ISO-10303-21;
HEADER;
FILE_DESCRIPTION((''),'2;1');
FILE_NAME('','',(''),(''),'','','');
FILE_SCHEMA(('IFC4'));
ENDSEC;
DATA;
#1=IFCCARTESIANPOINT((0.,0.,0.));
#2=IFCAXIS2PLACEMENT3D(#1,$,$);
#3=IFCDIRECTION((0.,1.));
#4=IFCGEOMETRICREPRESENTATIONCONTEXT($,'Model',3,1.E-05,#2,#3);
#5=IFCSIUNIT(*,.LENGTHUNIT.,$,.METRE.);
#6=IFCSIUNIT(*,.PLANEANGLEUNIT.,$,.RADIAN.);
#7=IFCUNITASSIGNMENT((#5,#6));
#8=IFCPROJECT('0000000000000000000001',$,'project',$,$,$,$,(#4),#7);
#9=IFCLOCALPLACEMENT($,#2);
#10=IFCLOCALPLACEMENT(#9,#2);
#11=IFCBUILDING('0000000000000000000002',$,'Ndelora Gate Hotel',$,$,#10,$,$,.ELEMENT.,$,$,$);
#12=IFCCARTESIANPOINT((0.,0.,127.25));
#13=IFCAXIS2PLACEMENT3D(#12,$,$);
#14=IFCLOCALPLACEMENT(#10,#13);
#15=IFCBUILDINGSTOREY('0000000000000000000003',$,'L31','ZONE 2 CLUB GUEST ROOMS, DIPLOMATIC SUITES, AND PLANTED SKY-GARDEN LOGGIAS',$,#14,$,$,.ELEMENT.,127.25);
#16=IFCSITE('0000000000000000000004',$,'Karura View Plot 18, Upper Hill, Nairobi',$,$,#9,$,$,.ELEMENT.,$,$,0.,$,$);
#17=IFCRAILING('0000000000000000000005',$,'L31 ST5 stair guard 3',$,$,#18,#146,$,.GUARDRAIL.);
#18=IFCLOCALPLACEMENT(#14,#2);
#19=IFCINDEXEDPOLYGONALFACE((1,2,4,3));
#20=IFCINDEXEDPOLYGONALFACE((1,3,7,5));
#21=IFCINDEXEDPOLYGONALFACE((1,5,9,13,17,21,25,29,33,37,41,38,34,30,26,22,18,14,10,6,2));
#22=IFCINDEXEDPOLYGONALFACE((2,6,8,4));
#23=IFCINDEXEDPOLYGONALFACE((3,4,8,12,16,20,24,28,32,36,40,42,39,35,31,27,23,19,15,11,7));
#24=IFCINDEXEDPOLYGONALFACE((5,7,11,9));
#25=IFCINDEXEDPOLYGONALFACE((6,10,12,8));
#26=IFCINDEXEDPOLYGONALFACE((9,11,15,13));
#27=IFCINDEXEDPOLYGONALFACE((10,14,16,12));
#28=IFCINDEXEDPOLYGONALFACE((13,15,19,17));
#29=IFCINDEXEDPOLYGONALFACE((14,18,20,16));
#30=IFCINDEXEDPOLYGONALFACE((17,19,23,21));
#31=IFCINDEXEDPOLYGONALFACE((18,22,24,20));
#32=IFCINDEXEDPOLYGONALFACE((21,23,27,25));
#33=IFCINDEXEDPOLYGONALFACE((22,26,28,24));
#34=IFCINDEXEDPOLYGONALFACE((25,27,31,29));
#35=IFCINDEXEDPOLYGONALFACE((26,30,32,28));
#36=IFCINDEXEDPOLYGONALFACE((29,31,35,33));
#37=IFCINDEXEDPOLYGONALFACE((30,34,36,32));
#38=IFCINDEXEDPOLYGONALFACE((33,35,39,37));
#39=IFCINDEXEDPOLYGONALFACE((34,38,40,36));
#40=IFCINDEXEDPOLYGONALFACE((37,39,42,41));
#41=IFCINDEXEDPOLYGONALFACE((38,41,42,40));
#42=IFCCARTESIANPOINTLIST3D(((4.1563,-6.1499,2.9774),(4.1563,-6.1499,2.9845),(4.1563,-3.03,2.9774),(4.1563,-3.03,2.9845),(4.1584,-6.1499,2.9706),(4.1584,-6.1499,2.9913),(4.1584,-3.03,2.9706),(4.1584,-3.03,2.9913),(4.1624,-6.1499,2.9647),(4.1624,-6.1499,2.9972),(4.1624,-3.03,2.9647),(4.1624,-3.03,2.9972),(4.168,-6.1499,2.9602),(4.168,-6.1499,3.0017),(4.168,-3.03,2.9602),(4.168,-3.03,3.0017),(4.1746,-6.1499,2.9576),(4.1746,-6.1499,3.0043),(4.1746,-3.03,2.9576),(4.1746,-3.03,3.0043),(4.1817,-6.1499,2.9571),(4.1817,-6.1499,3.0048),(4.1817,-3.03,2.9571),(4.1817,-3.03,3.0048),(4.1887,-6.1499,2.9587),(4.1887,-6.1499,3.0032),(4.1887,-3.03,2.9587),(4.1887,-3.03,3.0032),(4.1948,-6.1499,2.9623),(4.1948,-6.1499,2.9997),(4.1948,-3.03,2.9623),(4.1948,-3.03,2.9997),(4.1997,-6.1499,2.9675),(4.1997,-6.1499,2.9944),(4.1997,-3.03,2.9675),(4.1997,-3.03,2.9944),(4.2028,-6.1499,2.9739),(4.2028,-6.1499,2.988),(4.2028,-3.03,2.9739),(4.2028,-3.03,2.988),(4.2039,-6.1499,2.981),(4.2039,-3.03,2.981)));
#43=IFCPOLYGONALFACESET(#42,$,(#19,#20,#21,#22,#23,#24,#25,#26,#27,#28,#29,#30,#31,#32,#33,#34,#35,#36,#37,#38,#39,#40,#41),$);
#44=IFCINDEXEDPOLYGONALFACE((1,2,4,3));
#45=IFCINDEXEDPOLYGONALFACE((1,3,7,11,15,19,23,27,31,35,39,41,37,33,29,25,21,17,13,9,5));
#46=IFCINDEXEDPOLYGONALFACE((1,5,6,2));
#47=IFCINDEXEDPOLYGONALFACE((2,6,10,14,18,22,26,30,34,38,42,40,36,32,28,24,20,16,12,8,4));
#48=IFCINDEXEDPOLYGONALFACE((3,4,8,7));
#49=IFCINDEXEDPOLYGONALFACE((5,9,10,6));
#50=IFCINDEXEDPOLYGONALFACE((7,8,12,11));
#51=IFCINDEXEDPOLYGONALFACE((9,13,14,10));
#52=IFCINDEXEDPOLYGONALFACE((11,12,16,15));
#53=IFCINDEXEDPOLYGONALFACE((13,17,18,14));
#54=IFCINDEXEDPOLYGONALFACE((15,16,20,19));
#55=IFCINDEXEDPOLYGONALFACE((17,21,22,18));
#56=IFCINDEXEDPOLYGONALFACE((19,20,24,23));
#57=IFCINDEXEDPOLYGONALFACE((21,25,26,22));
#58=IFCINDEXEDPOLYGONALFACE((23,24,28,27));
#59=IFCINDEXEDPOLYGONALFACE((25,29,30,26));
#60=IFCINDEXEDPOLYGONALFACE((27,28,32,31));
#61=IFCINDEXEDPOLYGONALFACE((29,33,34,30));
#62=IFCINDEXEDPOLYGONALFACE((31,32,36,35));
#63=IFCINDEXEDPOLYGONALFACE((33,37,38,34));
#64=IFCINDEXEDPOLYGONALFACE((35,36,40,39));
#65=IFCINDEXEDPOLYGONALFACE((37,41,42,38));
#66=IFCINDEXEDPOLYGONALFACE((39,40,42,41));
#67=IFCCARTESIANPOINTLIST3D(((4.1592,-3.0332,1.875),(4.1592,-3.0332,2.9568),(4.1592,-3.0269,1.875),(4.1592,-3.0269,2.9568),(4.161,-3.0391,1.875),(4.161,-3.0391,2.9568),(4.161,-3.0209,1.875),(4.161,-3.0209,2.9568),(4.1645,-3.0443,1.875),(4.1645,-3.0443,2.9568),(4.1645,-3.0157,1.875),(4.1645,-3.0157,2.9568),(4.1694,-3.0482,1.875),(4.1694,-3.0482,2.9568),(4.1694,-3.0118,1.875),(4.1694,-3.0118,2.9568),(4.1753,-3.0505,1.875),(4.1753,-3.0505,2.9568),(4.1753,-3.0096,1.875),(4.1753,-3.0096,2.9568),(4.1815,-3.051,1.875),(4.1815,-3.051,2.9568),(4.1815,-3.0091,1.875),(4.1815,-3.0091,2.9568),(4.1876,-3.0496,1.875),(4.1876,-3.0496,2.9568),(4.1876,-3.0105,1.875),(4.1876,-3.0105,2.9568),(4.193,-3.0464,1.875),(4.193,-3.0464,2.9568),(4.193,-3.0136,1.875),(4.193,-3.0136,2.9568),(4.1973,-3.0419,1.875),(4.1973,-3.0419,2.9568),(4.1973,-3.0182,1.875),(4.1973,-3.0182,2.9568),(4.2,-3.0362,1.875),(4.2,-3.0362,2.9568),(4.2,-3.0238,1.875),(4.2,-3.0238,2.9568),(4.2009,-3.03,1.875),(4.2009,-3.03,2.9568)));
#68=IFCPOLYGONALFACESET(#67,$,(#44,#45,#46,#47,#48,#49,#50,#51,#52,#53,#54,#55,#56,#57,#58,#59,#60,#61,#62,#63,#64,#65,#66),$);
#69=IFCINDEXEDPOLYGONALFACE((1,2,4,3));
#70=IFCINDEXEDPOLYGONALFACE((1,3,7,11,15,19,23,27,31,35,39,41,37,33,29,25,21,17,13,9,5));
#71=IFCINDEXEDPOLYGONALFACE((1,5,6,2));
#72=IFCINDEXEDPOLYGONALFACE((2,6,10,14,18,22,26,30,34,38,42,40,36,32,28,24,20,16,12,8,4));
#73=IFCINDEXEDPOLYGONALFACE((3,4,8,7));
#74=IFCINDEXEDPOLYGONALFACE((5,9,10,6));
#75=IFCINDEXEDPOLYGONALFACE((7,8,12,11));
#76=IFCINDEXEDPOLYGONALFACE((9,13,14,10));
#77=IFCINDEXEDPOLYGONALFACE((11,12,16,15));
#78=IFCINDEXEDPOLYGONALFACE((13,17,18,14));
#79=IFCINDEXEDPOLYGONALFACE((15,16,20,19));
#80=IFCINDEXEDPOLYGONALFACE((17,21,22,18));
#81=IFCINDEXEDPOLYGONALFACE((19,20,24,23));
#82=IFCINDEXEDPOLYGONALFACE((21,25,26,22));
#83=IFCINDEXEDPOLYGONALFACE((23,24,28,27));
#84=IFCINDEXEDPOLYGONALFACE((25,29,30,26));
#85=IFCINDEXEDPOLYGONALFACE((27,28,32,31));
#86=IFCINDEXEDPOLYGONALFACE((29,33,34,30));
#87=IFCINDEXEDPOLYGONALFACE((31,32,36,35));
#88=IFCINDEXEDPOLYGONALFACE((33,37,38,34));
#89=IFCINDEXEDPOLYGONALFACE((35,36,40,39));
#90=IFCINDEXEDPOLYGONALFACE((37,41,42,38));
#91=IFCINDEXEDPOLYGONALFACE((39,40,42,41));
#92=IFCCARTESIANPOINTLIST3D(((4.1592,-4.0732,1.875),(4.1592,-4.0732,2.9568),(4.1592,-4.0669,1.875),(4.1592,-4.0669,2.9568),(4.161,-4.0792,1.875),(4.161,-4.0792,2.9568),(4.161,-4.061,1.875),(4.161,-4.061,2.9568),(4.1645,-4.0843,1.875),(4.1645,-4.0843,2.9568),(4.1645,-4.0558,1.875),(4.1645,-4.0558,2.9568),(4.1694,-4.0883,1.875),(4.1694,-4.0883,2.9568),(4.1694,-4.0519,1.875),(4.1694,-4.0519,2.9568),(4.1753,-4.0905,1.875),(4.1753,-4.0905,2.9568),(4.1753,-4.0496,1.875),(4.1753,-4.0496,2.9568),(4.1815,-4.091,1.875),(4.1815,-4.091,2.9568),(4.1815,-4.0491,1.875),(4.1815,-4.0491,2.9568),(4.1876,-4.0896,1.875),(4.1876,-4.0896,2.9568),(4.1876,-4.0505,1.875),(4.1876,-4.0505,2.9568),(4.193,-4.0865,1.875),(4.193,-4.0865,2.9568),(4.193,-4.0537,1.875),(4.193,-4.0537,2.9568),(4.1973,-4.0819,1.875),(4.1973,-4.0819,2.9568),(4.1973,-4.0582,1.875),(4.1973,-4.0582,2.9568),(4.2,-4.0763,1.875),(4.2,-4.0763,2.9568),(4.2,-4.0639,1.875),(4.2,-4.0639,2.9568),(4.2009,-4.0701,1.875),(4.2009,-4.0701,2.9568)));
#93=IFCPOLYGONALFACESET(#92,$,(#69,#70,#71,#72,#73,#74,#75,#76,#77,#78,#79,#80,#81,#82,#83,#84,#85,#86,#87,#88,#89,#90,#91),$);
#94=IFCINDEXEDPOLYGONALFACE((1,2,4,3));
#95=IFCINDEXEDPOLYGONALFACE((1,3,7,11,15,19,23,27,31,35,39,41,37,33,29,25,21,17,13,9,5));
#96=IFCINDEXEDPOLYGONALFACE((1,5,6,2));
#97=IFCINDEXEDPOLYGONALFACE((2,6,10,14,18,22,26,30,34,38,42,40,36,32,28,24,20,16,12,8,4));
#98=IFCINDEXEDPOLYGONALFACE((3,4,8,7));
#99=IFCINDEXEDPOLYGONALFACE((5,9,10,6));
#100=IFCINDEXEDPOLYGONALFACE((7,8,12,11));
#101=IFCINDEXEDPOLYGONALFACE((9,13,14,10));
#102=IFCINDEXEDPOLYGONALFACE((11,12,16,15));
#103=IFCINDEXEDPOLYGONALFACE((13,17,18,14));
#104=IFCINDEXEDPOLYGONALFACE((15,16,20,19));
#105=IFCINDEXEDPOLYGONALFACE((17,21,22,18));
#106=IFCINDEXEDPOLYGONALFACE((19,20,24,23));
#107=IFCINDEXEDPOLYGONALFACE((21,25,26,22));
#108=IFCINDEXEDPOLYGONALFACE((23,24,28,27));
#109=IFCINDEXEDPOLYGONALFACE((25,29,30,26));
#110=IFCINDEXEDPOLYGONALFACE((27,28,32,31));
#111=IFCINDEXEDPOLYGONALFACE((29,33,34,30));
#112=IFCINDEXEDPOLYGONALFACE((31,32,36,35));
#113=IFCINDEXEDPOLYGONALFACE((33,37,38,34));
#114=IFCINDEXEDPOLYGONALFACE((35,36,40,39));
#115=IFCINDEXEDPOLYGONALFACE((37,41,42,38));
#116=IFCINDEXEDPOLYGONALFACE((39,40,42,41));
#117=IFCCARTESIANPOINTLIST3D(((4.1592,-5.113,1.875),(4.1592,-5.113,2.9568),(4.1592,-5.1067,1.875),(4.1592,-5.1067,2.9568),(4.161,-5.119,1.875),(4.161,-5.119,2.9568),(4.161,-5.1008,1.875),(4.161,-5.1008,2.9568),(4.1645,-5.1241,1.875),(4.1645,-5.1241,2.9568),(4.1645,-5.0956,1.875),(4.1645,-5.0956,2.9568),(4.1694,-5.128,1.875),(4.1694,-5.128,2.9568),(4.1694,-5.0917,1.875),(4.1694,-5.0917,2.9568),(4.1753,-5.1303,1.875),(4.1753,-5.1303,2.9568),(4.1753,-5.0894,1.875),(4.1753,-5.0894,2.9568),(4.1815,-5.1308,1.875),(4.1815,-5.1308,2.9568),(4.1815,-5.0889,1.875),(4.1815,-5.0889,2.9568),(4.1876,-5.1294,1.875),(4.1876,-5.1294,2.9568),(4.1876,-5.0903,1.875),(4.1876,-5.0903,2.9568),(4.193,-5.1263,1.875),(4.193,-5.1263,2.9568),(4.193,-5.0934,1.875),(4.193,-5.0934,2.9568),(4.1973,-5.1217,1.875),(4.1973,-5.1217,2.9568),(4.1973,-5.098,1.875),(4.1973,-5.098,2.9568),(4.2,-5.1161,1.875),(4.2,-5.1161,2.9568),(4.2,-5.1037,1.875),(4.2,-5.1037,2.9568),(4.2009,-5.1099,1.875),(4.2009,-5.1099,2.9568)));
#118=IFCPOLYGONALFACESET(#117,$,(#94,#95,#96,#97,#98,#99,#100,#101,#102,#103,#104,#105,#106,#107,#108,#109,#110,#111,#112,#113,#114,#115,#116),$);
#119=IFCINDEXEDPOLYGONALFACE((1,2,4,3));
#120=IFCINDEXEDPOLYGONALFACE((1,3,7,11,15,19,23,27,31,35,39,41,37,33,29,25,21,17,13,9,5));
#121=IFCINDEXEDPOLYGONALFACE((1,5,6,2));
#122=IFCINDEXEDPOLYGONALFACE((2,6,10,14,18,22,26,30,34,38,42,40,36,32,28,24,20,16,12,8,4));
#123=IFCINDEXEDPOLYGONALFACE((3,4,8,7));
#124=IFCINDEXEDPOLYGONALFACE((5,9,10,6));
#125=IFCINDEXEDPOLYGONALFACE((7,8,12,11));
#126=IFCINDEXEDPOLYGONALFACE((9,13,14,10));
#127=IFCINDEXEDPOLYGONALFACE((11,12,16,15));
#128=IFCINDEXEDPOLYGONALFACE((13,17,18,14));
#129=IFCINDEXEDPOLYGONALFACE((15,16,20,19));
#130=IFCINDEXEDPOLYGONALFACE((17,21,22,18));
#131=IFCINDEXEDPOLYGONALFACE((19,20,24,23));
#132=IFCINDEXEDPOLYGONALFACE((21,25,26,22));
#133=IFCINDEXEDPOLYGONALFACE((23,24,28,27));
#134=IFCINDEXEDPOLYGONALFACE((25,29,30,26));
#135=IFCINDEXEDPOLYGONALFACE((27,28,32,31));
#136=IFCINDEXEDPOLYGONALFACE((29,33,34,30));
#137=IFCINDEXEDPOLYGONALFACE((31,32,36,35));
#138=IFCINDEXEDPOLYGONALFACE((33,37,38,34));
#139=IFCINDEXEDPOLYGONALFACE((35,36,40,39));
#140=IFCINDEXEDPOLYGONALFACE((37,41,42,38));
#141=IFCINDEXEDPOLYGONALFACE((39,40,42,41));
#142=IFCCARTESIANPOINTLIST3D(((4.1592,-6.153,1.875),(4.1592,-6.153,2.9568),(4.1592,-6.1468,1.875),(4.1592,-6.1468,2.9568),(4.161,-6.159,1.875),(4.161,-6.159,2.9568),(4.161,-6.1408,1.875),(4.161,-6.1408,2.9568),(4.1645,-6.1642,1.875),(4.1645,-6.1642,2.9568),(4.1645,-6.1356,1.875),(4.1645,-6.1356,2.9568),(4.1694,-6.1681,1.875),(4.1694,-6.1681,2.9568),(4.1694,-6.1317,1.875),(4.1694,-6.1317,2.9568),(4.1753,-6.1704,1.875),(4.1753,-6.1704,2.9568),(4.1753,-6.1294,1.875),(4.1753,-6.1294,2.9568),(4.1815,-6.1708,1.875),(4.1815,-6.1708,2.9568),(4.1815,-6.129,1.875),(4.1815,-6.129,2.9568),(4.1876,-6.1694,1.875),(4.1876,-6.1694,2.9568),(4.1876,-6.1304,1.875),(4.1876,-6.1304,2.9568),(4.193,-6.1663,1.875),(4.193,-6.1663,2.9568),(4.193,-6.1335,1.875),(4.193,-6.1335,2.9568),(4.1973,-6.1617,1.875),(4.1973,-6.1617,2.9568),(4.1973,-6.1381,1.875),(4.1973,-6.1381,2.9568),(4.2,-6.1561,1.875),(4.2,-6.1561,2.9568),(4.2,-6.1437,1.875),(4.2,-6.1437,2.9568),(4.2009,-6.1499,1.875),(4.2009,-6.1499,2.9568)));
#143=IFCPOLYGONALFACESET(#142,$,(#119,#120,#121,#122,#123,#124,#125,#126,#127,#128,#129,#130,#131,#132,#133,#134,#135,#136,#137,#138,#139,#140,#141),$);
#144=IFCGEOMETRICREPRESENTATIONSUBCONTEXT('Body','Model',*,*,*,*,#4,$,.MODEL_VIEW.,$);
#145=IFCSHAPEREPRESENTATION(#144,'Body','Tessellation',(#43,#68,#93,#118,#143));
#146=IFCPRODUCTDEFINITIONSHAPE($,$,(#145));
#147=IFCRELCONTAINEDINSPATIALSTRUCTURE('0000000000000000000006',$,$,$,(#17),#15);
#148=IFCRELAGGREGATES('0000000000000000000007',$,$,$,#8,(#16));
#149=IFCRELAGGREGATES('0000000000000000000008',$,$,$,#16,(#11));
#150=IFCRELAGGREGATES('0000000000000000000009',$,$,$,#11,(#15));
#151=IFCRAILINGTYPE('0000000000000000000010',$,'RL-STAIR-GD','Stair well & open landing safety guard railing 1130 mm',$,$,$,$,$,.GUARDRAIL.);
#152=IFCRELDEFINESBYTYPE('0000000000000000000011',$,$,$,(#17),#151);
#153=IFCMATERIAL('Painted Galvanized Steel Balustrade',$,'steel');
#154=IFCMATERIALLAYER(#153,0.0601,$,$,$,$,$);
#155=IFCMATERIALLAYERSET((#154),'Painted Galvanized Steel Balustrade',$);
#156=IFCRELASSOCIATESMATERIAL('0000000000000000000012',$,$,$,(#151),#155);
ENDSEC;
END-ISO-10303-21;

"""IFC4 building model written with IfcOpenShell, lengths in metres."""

from ifc_helpers import new_model, si_unit, direction, frame, origin, origin_2d, place, context, subcontext, project, spatial, circle, extrude, material, layer, layer_set, type_object, element, save


model = new_model("IFC4")

# Units and contexts
model_context = context("Model", 3, precision=1e-05, world=origin(), true_north=direction((0.0, 1.0)))
body_context = subcontext(model_context, "Body", "Model", "MODEL_VIEW")
ifc_project = project(units=[si_unit("LENGTHUNIT", "METRE"), si_unit("PLANEANGLEUNIT", "RADIAN")], contexts=[model_context])

# Site, building, storey
site_placement = place(None, origin())
site = spatial("IfcSite", under=ifc_project, at=site_placement, Name="Karura View Plot 18, Upper Hill, Nairobi", CompositionType="ELEMENT", RefElevation=0.0)
building_placement = place(site_placement, origin())
building = spatial("IfcBuilding", under=site, at=building_placement, Name="Ndelora Gate Hotel", CompositionType="ELEMENT")
storey_placement = place(building_placement, frame((0.0, 0.0, 127.25)))
storey = spatial("IfcBuildingStorey", under=building, at=storey_placement, Name="L31", Description="ZONE 2 CLUB GUEST ROOMS, DIPLOMATIC SUITES, AND PLANTED SKY-GARDEN LOGGIAS", CompositionType="ELEMENT", Elevation=127.25)

# Railing
ifc_material_1 = material(Name="Painted Galvanized Steel Balustrade", Category="steel")
ifc_layer_1 = layer(ifc_material_1, 0.0601)
ifc_layer_set_1 = layer_set([ifc_layer_1], Name="Painted Galvanized Steel Balustrade")
railing_type_1 = type_object("IfcRailingType", Name="RL-STAIR-GD", Description="Stair well & open landing safety guard railing 1130 mm", PredefinedType="GUARDRAIL", material=ifc_layer_set_1)
railing_1_placement = place(storey_placement, frame((4.1799, -3.03, 1.875)))
element("IfcRailing", 1, at=railing_1_placement, inside=storey, type_object=railing_type_1, Name="L31 ST5 stair guard 3", PredefinedType="GUARDRAIL", context=body_context, shape_type="SweptSolid", body=[
    extrude(circle(Radius=0.0239, at=origin_2d()), frame((0.0, 0.0, 1.106), z_axis=(0.0, -1.0, 0.0), x_axis=(1.0, 0.0, 0.0)), (0.0, 0.0, 1.0), 3.1199),
    extrude(circle(Radius=0.021, at=origin_2d()), origin(), (0.0, 0.0, 1.0), 1.0818),
    extrude(circle(Radius=0.021, at=origin_2d()), frame((0.0, -1.04, 0.0)), (0.0, 0.0, 1.0), 1.0818),
    extrude(circle(Radius=0.021, at=origin_2d()), frame((0.0, -2.0798, 0.0)), (0.0, 0.0, 1.0), 1.0818),
    extrude(circle(Radius=0.021, at=origin_2d()), frame((0.0, -3.1199, 0.0)), (0.0, 0.0, 1.0), 1.0818),
])

save(model, "model.ifc")
